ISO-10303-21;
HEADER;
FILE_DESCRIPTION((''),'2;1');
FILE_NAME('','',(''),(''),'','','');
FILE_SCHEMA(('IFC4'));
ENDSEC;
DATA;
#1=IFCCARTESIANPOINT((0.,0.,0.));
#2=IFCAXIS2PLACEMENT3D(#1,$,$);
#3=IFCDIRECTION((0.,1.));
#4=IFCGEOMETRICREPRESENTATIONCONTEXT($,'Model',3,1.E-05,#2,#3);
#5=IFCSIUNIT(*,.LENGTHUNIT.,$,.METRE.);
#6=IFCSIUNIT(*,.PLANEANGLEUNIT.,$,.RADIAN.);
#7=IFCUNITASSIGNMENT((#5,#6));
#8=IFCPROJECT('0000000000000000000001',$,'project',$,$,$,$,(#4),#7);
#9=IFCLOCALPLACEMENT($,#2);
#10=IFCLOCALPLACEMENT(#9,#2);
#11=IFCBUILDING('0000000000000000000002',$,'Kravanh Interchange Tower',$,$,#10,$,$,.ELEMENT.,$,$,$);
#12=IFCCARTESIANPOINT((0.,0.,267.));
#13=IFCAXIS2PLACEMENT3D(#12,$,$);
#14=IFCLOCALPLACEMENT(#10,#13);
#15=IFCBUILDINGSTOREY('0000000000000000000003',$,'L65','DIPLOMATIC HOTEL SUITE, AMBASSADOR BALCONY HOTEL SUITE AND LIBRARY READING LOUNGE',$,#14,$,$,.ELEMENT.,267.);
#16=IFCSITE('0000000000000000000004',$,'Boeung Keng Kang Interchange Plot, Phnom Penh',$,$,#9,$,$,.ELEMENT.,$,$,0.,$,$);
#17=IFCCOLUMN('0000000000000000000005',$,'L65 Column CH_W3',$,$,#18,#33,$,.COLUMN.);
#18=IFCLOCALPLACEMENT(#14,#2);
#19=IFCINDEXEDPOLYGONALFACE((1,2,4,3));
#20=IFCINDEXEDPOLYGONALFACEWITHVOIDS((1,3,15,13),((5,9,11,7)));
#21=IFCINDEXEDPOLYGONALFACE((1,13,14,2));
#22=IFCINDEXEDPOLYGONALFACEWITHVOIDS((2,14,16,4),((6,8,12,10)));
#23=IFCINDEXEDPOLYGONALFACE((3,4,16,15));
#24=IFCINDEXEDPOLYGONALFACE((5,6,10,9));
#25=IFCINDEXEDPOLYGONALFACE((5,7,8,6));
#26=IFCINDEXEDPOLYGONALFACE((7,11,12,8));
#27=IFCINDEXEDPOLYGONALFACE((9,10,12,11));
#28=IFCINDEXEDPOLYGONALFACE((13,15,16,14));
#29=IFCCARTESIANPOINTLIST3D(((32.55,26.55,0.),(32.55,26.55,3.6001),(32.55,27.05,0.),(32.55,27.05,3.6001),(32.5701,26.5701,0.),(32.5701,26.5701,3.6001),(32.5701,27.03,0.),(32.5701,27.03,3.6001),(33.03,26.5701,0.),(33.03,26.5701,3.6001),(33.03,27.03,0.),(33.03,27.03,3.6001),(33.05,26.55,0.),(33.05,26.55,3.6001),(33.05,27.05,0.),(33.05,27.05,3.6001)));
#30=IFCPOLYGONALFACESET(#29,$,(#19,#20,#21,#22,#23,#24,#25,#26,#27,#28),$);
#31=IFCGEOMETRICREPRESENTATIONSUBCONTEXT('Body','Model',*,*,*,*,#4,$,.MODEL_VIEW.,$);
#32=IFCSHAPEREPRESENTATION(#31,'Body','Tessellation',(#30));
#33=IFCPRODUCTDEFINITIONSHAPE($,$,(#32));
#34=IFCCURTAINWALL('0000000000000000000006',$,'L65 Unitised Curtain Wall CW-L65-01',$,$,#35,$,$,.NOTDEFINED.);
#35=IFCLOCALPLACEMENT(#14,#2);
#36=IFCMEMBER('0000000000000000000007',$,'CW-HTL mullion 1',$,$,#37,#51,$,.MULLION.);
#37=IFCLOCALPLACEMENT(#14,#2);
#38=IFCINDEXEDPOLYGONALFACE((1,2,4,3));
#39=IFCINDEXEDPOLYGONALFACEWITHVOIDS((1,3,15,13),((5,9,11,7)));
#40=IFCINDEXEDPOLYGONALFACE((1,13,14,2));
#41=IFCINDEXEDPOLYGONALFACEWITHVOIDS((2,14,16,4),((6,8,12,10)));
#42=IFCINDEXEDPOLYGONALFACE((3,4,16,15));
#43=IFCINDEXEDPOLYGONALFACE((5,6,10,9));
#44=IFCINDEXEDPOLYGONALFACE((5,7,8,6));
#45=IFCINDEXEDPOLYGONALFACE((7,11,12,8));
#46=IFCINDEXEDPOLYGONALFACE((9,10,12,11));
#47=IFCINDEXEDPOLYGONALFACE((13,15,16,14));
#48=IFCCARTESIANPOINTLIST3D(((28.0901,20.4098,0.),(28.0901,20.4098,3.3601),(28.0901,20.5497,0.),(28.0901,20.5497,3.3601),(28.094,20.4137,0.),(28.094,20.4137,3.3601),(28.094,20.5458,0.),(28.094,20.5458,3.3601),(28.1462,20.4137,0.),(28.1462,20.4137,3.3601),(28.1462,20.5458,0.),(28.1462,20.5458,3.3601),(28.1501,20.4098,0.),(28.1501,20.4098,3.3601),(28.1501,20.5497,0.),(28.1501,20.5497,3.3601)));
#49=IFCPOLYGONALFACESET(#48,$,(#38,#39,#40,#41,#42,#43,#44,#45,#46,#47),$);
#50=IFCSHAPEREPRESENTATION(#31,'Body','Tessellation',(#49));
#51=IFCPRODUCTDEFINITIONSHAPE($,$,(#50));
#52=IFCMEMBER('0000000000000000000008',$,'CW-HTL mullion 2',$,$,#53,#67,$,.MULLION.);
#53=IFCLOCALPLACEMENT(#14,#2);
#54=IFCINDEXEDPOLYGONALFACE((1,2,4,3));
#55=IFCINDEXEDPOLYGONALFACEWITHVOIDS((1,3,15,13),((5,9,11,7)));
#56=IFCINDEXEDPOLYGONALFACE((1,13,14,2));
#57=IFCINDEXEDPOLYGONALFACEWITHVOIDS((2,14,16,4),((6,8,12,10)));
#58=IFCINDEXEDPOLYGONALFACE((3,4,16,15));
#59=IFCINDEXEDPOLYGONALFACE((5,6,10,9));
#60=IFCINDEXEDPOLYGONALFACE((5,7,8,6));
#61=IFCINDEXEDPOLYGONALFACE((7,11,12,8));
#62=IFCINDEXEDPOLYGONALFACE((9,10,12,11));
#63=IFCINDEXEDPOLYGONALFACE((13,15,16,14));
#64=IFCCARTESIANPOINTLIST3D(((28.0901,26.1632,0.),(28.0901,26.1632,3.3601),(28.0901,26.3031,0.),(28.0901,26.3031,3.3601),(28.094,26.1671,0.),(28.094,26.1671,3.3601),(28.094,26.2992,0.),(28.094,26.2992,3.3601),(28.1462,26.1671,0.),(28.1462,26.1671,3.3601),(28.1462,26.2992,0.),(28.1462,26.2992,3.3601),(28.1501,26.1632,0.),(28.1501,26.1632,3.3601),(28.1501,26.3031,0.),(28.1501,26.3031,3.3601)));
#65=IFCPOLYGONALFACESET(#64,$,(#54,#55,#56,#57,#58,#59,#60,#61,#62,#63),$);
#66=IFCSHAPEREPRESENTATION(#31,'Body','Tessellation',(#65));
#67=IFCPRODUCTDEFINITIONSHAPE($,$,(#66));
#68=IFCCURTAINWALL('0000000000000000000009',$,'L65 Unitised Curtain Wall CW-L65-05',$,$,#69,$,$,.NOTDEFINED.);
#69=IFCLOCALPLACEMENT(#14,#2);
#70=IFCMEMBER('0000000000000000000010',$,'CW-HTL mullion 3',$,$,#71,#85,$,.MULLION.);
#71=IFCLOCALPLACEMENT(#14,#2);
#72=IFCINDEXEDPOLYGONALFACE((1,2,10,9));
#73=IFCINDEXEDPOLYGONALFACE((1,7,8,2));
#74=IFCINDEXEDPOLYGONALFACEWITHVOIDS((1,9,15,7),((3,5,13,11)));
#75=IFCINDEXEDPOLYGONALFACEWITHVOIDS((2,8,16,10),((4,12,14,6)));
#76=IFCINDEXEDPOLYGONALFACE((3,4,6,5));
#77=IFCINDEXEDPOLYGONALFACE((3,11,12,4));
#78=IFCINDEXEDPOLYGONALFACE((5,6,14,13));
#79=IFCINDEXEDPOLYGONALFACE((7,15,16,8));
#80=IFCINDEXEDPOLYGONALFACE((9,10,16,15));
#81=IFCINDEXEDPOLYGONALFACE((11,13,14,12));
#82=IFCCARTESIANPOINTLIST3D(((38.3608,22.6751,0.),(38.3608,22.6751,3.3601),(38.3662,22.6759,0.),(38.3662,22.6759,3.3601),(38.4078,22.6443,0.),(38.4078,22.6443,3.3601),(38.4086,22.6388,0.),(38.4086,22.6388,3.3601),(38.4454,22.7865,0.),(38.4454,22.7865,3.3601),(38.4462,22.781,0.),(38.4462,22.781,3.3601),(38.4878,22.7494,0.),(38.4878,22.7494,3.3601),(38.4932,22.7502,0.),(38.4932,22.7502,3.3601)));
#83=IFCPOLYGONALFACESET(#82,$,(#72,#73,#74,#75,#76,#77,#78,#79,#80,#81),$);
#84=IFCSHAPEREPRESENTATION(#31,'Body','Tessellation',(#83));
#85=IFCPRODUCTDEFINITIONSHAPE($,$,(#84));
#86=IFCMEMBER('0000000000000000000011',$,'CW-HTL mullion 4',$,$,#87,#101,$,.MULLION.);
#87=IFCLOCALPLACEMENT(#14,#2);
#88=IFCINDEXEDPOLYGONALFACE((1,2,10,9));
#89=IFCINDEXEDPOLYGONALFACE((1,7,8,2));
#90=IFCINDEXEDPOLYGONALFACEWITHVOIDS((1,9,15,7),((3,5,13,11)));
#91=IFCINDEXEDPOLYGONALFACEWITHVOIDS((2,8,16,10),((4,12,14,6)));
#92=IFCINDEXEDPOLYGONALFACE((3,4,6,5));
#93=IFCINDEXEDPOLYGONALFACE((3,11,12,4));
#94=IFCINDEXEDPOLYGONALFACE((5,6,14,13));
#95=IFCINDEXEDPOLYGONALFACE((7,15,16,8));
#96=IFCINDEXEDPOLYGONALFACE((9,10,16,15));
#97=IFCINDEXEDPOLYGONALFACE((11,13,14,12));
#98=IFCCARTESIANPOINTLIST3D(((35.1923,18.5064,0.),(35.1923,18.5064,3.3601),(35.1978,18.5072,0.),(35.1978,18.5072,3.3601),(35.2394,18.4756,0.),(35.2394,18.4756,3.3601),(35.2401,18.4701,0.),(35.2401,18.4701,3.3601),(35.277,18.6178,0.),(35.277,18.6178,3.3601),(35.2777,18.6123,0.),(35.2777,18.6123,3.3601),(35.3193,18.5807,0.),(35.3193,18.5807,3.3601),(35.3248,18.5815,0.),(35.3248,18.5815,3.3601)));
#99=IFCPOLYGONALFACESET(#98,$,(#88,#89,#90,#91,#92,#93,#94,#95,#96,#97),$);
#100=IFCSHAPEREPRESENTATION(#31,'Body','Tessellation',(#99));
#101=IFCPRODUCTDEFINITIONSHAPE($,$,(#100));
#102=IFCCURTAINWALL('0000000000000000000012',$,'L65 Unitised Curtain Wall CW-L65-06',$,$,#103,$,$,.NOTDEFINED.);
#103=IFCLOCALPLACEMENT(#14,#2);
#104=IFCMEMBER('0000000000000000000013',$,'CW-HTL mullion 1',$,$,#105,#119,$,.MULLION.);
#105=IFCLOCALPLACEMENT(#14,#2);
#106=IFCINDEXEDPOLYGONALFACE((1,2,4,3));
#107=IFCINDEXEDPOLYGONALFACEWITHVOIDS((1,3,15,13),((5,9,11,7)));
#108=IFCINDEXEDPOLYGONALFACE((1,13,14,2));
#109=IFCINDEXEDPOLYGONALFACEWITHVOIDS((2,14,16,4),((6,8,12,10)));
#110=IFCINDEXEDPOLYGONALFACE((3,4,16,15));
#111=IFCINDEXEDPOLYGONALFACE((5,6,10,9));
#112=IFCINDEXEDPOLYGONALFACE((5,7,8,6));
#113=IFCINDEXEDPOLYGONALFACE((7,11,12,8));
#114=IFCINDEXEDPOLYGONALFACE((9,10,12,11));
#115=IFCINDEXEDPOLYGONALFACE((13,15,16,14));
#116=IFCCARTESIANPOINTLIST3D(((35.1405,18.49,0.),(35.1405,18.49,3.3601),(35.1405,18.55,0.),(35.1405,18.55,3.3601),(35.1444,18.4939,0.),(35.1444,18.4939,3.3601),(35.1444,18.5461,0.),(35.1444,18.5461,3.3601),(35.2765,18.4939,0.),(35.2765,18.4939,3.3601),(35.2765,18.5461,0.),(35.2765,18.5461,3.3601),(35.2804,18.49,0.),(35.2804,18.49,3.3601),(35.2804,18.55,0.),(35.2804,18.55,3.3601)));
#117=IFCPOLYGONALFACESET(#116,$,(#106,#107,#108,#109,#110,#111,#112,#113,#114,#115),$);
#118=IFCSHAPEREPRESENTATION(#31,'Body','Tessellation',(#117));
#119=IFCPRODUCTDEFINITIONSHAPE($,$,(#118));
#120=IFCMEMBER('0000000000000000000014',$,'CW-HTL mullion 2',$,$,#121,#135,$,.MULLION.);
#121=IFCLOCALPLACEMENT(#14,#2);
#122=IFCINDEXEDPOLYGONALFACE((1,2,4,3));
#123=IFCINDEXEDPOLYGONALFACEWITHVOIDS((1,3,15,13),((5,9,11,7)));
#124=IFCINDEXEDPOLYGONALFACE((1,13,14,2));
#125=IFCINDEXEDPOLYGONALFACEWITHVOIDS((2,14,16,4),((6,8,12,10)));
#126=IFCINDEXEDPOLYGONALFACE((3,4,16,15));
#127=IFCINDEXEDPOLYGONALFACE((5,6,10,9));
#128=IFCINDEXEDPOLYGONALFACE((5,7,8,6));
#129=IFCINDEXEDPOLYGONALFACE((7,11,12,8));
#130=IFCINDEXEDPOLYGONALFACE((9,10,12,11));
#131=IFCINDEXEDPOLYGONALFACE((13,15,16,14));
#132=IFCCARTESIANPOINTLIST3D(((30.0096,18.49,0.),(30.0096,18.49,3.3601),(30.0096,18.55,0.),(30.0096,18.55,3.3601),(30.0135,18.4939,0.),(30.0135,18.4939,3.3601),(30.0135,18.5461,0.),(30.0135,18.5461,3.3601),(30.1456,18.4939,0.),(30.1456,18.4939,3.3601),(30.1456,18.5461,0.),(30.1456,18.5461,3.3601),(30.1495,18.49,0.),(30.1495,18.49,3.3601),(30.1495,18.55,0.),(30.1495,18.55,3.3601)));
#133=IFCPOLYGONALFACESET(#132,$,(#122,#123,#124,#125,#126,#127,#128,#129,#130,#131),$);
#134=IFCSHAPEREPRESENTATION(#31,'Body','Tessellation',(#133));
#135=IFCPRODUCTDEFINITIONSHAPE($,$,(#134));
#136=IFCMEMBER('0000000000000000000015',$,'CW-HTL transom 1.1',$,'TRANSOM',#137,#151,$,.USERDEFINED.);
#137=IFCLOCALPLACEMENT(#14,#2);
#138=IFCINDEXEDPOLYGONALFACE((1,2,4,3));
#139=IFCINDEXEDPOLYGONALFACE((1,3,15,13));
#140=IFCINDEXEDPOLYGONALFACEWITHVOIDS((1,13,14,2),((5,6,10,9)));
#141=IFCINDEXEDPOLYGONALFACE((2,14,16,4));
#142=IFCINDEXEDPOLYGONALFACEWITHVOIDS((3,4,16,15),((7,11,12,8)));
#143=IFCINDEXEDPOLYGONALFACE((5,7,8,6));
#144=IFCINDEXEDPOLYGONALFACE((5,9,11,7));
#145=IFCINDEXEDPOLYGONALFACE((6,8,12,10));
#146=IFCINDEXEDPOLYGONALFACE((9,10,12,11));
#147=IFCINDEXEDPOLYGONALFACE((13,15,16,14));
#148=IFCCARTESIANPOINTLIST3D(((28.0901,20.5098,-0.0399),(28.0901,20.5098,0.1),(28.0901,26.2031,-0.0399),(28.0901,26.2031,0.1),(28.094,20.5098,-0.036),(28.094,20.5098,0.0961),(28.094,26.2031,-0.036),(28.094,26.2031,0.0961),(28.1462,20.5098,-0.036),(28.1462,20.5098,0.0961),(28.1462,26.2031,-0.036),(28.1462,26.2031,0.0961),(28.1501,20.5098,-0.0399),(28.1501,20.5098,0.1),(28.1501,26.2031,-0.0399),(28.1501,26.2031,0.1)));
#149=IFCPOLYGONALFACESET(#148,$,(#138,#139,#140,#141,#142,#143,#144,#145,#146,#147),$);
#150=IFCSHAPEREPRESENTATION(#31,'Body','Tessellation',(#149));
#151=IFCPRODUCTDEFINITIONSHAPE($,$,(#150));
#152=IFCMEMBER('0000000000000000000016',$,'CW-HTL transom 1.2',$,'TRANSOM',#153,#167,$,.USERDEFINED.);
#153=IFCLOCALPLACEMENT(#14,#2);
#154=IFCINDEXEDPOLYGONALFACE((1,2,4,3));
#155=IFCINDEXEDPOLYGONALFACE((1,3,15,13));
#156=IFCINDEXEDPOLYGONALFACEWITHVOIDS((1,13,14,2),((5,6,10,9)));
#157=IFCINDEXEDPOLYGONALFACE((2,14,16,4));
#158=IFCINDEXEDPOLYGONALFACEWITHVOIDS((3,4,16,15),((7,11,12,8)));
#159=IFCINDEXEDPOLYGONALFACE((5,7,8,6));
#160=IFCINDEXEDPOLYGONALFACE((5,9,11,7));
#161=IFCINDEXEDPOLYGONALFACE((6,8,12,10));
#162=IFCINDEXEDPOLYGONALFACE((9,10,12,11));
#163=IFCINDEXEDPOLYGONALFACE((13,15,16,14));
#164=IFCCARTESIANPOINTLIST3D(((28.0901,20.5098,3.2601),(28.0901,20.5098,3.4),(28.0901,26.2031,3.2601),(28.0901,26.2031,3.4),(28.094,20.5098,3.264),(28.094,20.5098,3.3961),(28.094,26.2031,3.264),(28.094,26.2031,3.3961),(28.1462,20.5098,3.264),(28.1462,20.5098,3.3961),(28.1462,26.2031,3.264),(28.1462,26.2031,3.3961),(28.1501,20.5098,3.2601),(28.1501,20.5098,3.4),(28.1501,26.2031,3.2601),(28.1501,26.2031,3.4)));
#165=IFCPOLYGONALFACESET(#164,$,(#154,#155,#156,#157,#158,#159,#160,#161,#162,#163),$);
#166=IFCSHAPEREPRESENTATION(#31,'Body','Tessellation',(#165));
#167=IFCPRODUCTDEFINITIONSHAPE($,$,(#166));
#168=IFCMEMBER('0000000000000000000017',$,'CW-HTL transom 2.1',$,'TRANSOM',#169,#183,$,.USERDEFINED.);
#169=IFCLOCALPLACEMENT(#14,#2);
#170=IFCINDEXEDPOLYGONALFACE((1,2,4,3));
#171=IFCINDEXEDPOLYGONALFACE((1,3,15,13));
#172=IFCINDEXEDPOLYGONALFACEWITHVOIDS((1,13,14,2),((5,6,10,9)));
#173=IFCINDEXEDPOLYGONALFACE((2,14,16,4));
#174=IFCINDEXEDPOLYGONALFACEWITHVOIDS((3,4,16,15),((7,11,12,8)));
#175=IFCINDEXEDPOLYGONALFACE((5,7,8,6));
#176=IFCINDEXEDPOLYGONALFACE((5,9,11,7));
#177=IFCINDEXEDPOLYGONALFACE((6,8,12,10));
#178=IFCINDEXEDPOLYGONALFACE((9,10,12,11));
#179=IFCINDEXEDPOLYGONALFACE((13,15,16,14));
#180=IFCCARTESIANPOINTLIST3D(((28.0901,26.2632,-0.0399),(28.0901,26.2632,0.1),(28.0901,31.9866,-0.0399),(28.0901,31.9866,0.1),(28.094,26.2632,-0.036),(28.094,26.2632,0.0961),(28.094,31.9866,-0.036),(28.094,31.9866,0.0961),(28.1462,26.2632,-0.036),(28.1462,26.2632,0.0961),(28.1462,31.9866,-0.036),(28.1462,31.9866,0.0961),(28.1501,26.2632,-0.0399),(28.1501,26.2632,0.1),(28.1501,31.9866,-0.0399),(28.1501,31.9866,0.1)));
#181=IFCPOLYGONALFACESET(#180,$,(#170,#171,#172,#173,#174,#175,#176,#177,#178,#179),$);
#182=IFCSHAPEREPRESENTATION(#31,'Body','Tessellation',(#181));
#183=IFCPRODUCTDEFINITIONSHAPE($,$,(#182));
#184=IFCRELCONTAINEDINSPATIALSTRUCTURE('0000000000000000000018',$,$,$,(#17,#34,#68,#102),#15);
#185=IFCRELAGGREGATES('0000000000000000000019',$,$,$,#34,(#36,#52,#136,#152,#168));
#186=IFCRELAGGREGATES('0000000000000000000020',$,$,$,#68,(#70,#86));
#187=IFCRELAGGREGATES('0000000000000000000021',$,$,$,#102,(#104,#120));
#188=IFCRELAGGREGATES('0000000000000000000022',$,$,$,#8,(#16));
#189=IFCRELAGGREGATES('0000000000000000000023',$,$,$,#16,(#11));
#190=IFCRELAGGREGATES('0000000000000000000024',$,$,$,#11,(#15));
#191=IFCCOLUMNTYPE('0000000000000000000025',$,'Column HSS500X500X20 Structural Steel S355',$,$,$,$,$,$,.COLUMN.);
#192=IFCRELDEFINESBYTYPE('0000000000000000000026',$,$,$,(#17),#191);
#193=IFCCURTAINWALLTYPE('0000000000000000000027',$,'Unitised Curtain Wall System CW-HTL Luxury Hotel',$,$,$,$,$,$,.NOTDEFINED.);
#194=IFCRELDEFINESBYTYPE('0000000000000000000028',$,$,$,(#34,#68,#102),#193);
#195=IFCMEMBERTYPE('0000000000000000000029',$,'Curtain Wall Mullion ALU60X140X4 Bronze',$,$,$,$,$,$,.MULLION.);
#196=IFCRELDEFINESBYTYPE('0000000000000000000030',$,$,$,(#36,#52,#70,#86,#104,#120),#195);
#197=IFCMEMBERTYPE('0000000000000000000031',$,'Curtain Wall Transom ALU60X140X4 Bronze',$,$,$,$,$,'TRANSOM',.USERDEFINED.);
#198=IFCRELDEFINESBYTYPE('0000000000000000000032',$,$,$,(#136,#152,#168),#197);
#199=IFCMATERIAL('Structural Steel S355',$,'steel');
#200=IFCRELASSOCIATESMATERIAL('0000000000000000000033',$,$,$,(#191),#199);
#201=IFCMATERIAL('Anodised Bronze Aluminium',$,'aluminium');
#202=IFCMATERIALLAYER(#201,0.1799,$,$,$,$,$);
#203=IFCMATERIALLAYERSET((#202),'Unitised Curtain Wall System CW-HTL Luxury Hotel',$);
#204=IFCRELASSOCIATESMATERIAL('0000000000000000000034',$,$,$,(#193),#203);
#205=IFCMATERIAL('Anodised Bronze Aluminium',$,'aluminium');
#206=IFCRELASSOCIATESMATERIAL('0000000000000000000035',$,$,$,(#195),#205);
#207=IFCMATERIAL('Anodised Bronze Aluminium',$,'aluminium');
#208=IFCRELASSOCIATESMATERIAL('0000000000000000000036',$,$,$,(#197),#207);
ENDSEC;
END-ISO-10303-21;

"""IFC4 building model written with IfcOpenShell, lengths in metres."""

from ifc_helpers import new_model, si_unit, direction, frame, origin, origin_2d, place, context, subcontext, project, spatial, hollow_rectangle, extrude, material, layer, layer_set, material_profile, profile_set, type_object, element, aggregate, save


model = new_model("IFC4")

# Units and contexts
model_context = context("Model", 3, precision=1e-05, world=origin(), true_north=direction((0.0, 1.0)))
body_context = subcontext(model_context, "Body", "Model", "MODEL_VIEW")
ifc_project = project(units=[si_unit("LENGTHUNIT", "METRE"), si_unit("PLANEANGLEUNIT", "RADIAN")], contexts=[model_context])

# Site, building, storey
site_placement = place(None, origin())
site = spatial("IfcSite", under=ifc_project, at=site_placement, Name="Boeung Keng Kang Interchange Plot, Phnom Penh", CompositionType="ELEMENT", RefElevation=0.0)
building_placement = place(site_placement, origin())
building = spatial("IfcBuilding", under=site, at=building_placement, Name="Kravanh Interchange Tower", CompositionType="ELEMENT")
storey_placement = place(building_placement, frame((0.0, 0.0, 267.0)))
storey = spatial("IfcBuildingStorey", under=building, at=storey_placement, Name="L65", Description="DIPLOMATIC HOTEL SUITE, AMBASSADOR BALCONY HOTEL SUITE AND LIBRARY READING LOUNGE", CompositionType="ELEMENT", Elevation=267.0)

# Column
ifc_material_1 = material(Name="Structural Steel S355", Category="steel")
ifc_material_profile_1 = material_profile(ifc_material_1, hollow_rectangle(XDim=0.5, YDim=0.5, WallThickness=0.02, at=origin_2d()), Name="HSS500X500X20")
ifc_profile_set_1 = profile_set([ifc_material_profile_1], Name="Structural Steel S355")
column_type = type_object("IfcColumnType", Name="Column HSS500X500X20 Structural Steel S355", PredefinedType="COLUMN", material=ifc_profile_set_1)
column_placement = place(storey_placement, frame((32.8, 26.8, 0.0), z_axis=(0.0, 0.0, 1.0), x_axis=(1.0, 0.0, 0.0)))
element("IfcColumn", 1, at=column_placement, inside=storey, type_object=column_type, Name="L65 Column CH_W3", PredefinedType="COLUMN", context=body_context, shape_type="SweptSolid", body=[
    extrude(hollow_rectangle(XDim=0.5, YDim=0.5, WallThickness=0.02, at=origin_2d()), origin(), (0.0, 0.0, 1.0), 3.6001),
])

# Curtain walls, members
ifc_material_2 = material(Name="Anodised Bronze Aluminium", Category="aluminium")
ifc_layer_1 = layer(ifc_material_2, 0.1799)
ifc_layer_set_1 = layer_set([ifc_layer_1], Name="Unitised Curtain Wall System CW-HTL Luxury Hotel")
curtain_wall_type = type_object("IfcCurtainWallType", Name="Unitised Curtain Wall System CW-HTL Luxury Hotel", PredefinedType="NOTDEFINED", material=ifc_layer_set_1)
curtain_wall_1_placement = place(storey_placement, origin())
curtain_wall_1 = element("IfcCurtainWall", 2, at=curtain_wall_1_placement, inside=storey, type_object=curtain_wall_type, Name="L65 Unitised Curtain Wall CW-L65-01", PredefinedType="NOTDEFINED")
ifc_material_3 = material(Name="Anodised Bronze Aluminium", Category="aluminium")
ifc_material_profile_2 = material_profile(ifc_material_3, hollow_rectangle(XDim=0.0601, YDim=0.1399, WallThickness=0.0039, at=origin_2d()), Name="ALU60X140X4")
ifc_profile_set_2 = profile_set([ifc_material_profile_2], Name="Anodised Bronze Aluminium")
member_type_1 = type_object("IfcMemberType", Name="Curtain Wall Mullion ALU60X140X4 Bronze", PredefinedType="MULLION", material=ifc_profile_set_2)
member_1_placement = place(storey_placement, frame((28.1201, 20.4797, 0.0), z_axis=(0.0, 0.0, 1.0), x_axis=(-1.0, 0.0, 0.0)))
member_1 = element("IfcMember", 3, at=member_1_placement, type_object=member_type_1, Name="CW-HTL mullion 1", PredefinedType="MULLION", context=body_context, shape_type="SweptSolid", body=[
    extrude(hollow_rectangle(XDim=0.0601, YDim=0.1399, WallThickness=0.0039, at=origin_2d()), origin(), (0.0, 0.0, 1.0), 3.3601),
])
member_2_placement = place(storey_placement, frame((28.1201, 26.2332, 0.0), z_axis=(0.0, 0.0, 1.0), x_axis=(-1.0, 0.0, 0.0)))
member_2 = element("IfcMember", 4, at=member_2_placement, type_object=member_type_1, Name="CW-HTL mullion 2", PredefinedType="MULLION", context=body_context, shape_type="SweptSolid", body=[
    extrude(hollow_rectangle(XDim=0.0601, YDim=0.1399, WallThickness=0.0039, at=origin_2d()), origin(), (0.0, 0.0, 1.0), 3.3601),
])
curtain_wall_2_placement = place(storey_placement, origin())
curtain_wall_2 = element("IfcCurtainWall", 5, at=curtain_wall_2_placement, inside=storey, type_object=curtain_wall_type, Name="L65 Unitised Curtain Wall CW-L65-05", PredefinedType="NOTDEFINED")
member_3_placement = place(storey_placement, frame((38.427, 22.7126, 0.0), z_axis=(0.0, 0.0, 1.0), x_axis=(0.796162, -0.605083, 0.0)))
member_3 = element("IfcMember", 6, at=member_3_placement, type_object=member_type_1, Name="CW-HTL mullion 3", PredefinedType="MULLION", context=body_context, shape_type="SweptSolid", body=[
    extrude(hollow_rectangle(XDim=0.0601, YDim=0.1399, WallThickness=0.0039, at=origin_2d()), origin(), (0.0, 0.0, 1.0), 3.3601),
])
member_4_placement = place(storey_placement, frame((35.2585, 18.5439, 0.0), z_axis=(0.0, 0.0, 1.0), x_axis=(0.796162, -0.605083, 0.0)))
member_4 = element("IfcMember", 7, at=member_4_placement, type_object=member_type_1, Name="CW-HTL mullion 4", PredefinedType="MULLION", context=body_context, shape_type="SweptSolid", body=[
    extrude(hollow_rectangle(XDim=0.0601, YDim=0.1399, WallThickness=0.0039, at=origin_2d()), origin(), (0.0, 0.0, 1.0), 3.3601),
])
curtain_wall_3_placement = place(storey_placement, origin())
curtain_wall_3 = element("IfcCurtainWall", 8, at=curtain_wall_3_placement, inside=storey, type_object=curtain_wall_type, Name="L65 Unitised Curtain Wall CW-L65-06", PredefinedType="NOTDEFINED")
member_5_placement = place(storey_placement, frame((35.2104, 18.52, 0.0), z_axis=(0.0, 0.0, 1.0), x_axis=(0.0, -1.0, 0.0)))
member_5 = element("IfcMember", 9, at=member_5_placement, type_object=member_type_1, Name="CW-HTL mullion 1", PredefinedType="MULLION", context=body_context, shape_type="SweptSolid", body=[
    extrude(hollow_rectangle(XDim=0.0601, YDim=0.1399, WallThickness=0.0039, at=origin_2d()), origin(), (0.0, 0.0, 1.0), 3.3601),
])
member_6_placement = place(storey_placement, frame((30.0796, 18.52, 0.0), z_axis=(0.0, 0.0, 1.0), x_axis=(0.0, -1.0, 0.0)))
member_6 = element("IfcMember", 10, at=member_6_placement, type_object=member_type_1, Name="CW-HTL mullion 2", PredefinedType="MULLION", context=body_context, shape_type="SweptSolid", body=[
    extrude(hollow_rectangle(XDim=0.0601, YDim=0.1399, WallThickness=0.0039, at=origin_2d()), origin(), (0.0, 0.0, 1.0), 3.3601),
])

# Members
ifc_material_4 = material(Name="Anodised Bronze Aluminium", Category="aluminium")
ifc_material_profile_3 = material_profile(ifc_material_4, hollow_rectangle(XDim=0.0601, YDim=0.1399, WallThickness=0.0039, at=origin_2d()), Name="ALU60X140X4")
ifc_profile_set_3 = profile_set([ifc_material_profile_3], Name="Anodised Bronze Aluminium")
member_type_2 = type_object("IfcMemberType", Name="Curtain Wall Transom ALU60X140X4 Bronze", ElementType="TRANSOM", PredefinedType="USERDEFINED", material=ifc_profile_set_3)
member_7_placement = place(storey_placement, frame((28.1201, 20.5098, 0.03), z_axis=(0.0, 1.0, 0.0), x_axis=(-1.0, 0.0, 0.0)))
member_7 = element("IfcMember", 11, at=member_7_placement, type_object=member_type_2, Name="CW-HTL transom 1.1", ObjectType="TRANSOM", PredefinedType="USERDEFINED", context=body_context, shape_type="SweptSolid", body=[
    extrude(hollow_rectangle(XDim=0.0601, YDim=0.1399, WallThickness=0.0039, at=origin_2d()), origin(), (0.0, 0.0, 1.0), 5.6934),
])
member_8_placement = place(storey_placement, frame((28.1201, 20.5098, 3.3301), z_axis=(0.0, 1.0, 0.0), x_axis=(-1.0, 0.0, 0.0)))
member_8 = element("IfcMember", 12, at=member_8_placement, type_object=member_type_2, Name="CW-HTL transom 1.2", ObjectType="TRANSOM", PredefinedType="USERDEFINED", context=body_context, shape_type="SweptSolid", body=[
    extrude(hollow_rectangle(XDim=0.0601, YDim=0.1399, WallThickness=0.0039, at=origin_2d()), origin(), (0.0, 0.0, 1.0), 5.6934),
])
member_9_placement = place(storey_placement, frame((28.1201, 26.2632, 0.03), z_axis=(0.0, 1.0, 0.0), x_axis=(-1.0, 0.0, 0.0)))
member_9 = element("IfcMember", 13, at=member_9_placement, type_object=member_type_2, Name="CW-HTL transom 2.1", ObjectType="TRANSOM", PredefinedType="USERDEFINED", context=body_context, shape_type="SweptSolid", body=[
    extrude(hollow_rectangle(XDim=0.0601, YDim=0.1399, WallThickness=0.0039, at=origin_2d()), origin(), (0.0, 0.0, 1.0), 5.7234),
])

aggregate(curtain_wall_1, [member_1, member_2, member_7, member_8, member_9])
aggregate(curtain_wall_2, [member_3, member_4])
aggregate(curtain_wall_3, [member_5, member_6])

save(model, "model.ifc")
